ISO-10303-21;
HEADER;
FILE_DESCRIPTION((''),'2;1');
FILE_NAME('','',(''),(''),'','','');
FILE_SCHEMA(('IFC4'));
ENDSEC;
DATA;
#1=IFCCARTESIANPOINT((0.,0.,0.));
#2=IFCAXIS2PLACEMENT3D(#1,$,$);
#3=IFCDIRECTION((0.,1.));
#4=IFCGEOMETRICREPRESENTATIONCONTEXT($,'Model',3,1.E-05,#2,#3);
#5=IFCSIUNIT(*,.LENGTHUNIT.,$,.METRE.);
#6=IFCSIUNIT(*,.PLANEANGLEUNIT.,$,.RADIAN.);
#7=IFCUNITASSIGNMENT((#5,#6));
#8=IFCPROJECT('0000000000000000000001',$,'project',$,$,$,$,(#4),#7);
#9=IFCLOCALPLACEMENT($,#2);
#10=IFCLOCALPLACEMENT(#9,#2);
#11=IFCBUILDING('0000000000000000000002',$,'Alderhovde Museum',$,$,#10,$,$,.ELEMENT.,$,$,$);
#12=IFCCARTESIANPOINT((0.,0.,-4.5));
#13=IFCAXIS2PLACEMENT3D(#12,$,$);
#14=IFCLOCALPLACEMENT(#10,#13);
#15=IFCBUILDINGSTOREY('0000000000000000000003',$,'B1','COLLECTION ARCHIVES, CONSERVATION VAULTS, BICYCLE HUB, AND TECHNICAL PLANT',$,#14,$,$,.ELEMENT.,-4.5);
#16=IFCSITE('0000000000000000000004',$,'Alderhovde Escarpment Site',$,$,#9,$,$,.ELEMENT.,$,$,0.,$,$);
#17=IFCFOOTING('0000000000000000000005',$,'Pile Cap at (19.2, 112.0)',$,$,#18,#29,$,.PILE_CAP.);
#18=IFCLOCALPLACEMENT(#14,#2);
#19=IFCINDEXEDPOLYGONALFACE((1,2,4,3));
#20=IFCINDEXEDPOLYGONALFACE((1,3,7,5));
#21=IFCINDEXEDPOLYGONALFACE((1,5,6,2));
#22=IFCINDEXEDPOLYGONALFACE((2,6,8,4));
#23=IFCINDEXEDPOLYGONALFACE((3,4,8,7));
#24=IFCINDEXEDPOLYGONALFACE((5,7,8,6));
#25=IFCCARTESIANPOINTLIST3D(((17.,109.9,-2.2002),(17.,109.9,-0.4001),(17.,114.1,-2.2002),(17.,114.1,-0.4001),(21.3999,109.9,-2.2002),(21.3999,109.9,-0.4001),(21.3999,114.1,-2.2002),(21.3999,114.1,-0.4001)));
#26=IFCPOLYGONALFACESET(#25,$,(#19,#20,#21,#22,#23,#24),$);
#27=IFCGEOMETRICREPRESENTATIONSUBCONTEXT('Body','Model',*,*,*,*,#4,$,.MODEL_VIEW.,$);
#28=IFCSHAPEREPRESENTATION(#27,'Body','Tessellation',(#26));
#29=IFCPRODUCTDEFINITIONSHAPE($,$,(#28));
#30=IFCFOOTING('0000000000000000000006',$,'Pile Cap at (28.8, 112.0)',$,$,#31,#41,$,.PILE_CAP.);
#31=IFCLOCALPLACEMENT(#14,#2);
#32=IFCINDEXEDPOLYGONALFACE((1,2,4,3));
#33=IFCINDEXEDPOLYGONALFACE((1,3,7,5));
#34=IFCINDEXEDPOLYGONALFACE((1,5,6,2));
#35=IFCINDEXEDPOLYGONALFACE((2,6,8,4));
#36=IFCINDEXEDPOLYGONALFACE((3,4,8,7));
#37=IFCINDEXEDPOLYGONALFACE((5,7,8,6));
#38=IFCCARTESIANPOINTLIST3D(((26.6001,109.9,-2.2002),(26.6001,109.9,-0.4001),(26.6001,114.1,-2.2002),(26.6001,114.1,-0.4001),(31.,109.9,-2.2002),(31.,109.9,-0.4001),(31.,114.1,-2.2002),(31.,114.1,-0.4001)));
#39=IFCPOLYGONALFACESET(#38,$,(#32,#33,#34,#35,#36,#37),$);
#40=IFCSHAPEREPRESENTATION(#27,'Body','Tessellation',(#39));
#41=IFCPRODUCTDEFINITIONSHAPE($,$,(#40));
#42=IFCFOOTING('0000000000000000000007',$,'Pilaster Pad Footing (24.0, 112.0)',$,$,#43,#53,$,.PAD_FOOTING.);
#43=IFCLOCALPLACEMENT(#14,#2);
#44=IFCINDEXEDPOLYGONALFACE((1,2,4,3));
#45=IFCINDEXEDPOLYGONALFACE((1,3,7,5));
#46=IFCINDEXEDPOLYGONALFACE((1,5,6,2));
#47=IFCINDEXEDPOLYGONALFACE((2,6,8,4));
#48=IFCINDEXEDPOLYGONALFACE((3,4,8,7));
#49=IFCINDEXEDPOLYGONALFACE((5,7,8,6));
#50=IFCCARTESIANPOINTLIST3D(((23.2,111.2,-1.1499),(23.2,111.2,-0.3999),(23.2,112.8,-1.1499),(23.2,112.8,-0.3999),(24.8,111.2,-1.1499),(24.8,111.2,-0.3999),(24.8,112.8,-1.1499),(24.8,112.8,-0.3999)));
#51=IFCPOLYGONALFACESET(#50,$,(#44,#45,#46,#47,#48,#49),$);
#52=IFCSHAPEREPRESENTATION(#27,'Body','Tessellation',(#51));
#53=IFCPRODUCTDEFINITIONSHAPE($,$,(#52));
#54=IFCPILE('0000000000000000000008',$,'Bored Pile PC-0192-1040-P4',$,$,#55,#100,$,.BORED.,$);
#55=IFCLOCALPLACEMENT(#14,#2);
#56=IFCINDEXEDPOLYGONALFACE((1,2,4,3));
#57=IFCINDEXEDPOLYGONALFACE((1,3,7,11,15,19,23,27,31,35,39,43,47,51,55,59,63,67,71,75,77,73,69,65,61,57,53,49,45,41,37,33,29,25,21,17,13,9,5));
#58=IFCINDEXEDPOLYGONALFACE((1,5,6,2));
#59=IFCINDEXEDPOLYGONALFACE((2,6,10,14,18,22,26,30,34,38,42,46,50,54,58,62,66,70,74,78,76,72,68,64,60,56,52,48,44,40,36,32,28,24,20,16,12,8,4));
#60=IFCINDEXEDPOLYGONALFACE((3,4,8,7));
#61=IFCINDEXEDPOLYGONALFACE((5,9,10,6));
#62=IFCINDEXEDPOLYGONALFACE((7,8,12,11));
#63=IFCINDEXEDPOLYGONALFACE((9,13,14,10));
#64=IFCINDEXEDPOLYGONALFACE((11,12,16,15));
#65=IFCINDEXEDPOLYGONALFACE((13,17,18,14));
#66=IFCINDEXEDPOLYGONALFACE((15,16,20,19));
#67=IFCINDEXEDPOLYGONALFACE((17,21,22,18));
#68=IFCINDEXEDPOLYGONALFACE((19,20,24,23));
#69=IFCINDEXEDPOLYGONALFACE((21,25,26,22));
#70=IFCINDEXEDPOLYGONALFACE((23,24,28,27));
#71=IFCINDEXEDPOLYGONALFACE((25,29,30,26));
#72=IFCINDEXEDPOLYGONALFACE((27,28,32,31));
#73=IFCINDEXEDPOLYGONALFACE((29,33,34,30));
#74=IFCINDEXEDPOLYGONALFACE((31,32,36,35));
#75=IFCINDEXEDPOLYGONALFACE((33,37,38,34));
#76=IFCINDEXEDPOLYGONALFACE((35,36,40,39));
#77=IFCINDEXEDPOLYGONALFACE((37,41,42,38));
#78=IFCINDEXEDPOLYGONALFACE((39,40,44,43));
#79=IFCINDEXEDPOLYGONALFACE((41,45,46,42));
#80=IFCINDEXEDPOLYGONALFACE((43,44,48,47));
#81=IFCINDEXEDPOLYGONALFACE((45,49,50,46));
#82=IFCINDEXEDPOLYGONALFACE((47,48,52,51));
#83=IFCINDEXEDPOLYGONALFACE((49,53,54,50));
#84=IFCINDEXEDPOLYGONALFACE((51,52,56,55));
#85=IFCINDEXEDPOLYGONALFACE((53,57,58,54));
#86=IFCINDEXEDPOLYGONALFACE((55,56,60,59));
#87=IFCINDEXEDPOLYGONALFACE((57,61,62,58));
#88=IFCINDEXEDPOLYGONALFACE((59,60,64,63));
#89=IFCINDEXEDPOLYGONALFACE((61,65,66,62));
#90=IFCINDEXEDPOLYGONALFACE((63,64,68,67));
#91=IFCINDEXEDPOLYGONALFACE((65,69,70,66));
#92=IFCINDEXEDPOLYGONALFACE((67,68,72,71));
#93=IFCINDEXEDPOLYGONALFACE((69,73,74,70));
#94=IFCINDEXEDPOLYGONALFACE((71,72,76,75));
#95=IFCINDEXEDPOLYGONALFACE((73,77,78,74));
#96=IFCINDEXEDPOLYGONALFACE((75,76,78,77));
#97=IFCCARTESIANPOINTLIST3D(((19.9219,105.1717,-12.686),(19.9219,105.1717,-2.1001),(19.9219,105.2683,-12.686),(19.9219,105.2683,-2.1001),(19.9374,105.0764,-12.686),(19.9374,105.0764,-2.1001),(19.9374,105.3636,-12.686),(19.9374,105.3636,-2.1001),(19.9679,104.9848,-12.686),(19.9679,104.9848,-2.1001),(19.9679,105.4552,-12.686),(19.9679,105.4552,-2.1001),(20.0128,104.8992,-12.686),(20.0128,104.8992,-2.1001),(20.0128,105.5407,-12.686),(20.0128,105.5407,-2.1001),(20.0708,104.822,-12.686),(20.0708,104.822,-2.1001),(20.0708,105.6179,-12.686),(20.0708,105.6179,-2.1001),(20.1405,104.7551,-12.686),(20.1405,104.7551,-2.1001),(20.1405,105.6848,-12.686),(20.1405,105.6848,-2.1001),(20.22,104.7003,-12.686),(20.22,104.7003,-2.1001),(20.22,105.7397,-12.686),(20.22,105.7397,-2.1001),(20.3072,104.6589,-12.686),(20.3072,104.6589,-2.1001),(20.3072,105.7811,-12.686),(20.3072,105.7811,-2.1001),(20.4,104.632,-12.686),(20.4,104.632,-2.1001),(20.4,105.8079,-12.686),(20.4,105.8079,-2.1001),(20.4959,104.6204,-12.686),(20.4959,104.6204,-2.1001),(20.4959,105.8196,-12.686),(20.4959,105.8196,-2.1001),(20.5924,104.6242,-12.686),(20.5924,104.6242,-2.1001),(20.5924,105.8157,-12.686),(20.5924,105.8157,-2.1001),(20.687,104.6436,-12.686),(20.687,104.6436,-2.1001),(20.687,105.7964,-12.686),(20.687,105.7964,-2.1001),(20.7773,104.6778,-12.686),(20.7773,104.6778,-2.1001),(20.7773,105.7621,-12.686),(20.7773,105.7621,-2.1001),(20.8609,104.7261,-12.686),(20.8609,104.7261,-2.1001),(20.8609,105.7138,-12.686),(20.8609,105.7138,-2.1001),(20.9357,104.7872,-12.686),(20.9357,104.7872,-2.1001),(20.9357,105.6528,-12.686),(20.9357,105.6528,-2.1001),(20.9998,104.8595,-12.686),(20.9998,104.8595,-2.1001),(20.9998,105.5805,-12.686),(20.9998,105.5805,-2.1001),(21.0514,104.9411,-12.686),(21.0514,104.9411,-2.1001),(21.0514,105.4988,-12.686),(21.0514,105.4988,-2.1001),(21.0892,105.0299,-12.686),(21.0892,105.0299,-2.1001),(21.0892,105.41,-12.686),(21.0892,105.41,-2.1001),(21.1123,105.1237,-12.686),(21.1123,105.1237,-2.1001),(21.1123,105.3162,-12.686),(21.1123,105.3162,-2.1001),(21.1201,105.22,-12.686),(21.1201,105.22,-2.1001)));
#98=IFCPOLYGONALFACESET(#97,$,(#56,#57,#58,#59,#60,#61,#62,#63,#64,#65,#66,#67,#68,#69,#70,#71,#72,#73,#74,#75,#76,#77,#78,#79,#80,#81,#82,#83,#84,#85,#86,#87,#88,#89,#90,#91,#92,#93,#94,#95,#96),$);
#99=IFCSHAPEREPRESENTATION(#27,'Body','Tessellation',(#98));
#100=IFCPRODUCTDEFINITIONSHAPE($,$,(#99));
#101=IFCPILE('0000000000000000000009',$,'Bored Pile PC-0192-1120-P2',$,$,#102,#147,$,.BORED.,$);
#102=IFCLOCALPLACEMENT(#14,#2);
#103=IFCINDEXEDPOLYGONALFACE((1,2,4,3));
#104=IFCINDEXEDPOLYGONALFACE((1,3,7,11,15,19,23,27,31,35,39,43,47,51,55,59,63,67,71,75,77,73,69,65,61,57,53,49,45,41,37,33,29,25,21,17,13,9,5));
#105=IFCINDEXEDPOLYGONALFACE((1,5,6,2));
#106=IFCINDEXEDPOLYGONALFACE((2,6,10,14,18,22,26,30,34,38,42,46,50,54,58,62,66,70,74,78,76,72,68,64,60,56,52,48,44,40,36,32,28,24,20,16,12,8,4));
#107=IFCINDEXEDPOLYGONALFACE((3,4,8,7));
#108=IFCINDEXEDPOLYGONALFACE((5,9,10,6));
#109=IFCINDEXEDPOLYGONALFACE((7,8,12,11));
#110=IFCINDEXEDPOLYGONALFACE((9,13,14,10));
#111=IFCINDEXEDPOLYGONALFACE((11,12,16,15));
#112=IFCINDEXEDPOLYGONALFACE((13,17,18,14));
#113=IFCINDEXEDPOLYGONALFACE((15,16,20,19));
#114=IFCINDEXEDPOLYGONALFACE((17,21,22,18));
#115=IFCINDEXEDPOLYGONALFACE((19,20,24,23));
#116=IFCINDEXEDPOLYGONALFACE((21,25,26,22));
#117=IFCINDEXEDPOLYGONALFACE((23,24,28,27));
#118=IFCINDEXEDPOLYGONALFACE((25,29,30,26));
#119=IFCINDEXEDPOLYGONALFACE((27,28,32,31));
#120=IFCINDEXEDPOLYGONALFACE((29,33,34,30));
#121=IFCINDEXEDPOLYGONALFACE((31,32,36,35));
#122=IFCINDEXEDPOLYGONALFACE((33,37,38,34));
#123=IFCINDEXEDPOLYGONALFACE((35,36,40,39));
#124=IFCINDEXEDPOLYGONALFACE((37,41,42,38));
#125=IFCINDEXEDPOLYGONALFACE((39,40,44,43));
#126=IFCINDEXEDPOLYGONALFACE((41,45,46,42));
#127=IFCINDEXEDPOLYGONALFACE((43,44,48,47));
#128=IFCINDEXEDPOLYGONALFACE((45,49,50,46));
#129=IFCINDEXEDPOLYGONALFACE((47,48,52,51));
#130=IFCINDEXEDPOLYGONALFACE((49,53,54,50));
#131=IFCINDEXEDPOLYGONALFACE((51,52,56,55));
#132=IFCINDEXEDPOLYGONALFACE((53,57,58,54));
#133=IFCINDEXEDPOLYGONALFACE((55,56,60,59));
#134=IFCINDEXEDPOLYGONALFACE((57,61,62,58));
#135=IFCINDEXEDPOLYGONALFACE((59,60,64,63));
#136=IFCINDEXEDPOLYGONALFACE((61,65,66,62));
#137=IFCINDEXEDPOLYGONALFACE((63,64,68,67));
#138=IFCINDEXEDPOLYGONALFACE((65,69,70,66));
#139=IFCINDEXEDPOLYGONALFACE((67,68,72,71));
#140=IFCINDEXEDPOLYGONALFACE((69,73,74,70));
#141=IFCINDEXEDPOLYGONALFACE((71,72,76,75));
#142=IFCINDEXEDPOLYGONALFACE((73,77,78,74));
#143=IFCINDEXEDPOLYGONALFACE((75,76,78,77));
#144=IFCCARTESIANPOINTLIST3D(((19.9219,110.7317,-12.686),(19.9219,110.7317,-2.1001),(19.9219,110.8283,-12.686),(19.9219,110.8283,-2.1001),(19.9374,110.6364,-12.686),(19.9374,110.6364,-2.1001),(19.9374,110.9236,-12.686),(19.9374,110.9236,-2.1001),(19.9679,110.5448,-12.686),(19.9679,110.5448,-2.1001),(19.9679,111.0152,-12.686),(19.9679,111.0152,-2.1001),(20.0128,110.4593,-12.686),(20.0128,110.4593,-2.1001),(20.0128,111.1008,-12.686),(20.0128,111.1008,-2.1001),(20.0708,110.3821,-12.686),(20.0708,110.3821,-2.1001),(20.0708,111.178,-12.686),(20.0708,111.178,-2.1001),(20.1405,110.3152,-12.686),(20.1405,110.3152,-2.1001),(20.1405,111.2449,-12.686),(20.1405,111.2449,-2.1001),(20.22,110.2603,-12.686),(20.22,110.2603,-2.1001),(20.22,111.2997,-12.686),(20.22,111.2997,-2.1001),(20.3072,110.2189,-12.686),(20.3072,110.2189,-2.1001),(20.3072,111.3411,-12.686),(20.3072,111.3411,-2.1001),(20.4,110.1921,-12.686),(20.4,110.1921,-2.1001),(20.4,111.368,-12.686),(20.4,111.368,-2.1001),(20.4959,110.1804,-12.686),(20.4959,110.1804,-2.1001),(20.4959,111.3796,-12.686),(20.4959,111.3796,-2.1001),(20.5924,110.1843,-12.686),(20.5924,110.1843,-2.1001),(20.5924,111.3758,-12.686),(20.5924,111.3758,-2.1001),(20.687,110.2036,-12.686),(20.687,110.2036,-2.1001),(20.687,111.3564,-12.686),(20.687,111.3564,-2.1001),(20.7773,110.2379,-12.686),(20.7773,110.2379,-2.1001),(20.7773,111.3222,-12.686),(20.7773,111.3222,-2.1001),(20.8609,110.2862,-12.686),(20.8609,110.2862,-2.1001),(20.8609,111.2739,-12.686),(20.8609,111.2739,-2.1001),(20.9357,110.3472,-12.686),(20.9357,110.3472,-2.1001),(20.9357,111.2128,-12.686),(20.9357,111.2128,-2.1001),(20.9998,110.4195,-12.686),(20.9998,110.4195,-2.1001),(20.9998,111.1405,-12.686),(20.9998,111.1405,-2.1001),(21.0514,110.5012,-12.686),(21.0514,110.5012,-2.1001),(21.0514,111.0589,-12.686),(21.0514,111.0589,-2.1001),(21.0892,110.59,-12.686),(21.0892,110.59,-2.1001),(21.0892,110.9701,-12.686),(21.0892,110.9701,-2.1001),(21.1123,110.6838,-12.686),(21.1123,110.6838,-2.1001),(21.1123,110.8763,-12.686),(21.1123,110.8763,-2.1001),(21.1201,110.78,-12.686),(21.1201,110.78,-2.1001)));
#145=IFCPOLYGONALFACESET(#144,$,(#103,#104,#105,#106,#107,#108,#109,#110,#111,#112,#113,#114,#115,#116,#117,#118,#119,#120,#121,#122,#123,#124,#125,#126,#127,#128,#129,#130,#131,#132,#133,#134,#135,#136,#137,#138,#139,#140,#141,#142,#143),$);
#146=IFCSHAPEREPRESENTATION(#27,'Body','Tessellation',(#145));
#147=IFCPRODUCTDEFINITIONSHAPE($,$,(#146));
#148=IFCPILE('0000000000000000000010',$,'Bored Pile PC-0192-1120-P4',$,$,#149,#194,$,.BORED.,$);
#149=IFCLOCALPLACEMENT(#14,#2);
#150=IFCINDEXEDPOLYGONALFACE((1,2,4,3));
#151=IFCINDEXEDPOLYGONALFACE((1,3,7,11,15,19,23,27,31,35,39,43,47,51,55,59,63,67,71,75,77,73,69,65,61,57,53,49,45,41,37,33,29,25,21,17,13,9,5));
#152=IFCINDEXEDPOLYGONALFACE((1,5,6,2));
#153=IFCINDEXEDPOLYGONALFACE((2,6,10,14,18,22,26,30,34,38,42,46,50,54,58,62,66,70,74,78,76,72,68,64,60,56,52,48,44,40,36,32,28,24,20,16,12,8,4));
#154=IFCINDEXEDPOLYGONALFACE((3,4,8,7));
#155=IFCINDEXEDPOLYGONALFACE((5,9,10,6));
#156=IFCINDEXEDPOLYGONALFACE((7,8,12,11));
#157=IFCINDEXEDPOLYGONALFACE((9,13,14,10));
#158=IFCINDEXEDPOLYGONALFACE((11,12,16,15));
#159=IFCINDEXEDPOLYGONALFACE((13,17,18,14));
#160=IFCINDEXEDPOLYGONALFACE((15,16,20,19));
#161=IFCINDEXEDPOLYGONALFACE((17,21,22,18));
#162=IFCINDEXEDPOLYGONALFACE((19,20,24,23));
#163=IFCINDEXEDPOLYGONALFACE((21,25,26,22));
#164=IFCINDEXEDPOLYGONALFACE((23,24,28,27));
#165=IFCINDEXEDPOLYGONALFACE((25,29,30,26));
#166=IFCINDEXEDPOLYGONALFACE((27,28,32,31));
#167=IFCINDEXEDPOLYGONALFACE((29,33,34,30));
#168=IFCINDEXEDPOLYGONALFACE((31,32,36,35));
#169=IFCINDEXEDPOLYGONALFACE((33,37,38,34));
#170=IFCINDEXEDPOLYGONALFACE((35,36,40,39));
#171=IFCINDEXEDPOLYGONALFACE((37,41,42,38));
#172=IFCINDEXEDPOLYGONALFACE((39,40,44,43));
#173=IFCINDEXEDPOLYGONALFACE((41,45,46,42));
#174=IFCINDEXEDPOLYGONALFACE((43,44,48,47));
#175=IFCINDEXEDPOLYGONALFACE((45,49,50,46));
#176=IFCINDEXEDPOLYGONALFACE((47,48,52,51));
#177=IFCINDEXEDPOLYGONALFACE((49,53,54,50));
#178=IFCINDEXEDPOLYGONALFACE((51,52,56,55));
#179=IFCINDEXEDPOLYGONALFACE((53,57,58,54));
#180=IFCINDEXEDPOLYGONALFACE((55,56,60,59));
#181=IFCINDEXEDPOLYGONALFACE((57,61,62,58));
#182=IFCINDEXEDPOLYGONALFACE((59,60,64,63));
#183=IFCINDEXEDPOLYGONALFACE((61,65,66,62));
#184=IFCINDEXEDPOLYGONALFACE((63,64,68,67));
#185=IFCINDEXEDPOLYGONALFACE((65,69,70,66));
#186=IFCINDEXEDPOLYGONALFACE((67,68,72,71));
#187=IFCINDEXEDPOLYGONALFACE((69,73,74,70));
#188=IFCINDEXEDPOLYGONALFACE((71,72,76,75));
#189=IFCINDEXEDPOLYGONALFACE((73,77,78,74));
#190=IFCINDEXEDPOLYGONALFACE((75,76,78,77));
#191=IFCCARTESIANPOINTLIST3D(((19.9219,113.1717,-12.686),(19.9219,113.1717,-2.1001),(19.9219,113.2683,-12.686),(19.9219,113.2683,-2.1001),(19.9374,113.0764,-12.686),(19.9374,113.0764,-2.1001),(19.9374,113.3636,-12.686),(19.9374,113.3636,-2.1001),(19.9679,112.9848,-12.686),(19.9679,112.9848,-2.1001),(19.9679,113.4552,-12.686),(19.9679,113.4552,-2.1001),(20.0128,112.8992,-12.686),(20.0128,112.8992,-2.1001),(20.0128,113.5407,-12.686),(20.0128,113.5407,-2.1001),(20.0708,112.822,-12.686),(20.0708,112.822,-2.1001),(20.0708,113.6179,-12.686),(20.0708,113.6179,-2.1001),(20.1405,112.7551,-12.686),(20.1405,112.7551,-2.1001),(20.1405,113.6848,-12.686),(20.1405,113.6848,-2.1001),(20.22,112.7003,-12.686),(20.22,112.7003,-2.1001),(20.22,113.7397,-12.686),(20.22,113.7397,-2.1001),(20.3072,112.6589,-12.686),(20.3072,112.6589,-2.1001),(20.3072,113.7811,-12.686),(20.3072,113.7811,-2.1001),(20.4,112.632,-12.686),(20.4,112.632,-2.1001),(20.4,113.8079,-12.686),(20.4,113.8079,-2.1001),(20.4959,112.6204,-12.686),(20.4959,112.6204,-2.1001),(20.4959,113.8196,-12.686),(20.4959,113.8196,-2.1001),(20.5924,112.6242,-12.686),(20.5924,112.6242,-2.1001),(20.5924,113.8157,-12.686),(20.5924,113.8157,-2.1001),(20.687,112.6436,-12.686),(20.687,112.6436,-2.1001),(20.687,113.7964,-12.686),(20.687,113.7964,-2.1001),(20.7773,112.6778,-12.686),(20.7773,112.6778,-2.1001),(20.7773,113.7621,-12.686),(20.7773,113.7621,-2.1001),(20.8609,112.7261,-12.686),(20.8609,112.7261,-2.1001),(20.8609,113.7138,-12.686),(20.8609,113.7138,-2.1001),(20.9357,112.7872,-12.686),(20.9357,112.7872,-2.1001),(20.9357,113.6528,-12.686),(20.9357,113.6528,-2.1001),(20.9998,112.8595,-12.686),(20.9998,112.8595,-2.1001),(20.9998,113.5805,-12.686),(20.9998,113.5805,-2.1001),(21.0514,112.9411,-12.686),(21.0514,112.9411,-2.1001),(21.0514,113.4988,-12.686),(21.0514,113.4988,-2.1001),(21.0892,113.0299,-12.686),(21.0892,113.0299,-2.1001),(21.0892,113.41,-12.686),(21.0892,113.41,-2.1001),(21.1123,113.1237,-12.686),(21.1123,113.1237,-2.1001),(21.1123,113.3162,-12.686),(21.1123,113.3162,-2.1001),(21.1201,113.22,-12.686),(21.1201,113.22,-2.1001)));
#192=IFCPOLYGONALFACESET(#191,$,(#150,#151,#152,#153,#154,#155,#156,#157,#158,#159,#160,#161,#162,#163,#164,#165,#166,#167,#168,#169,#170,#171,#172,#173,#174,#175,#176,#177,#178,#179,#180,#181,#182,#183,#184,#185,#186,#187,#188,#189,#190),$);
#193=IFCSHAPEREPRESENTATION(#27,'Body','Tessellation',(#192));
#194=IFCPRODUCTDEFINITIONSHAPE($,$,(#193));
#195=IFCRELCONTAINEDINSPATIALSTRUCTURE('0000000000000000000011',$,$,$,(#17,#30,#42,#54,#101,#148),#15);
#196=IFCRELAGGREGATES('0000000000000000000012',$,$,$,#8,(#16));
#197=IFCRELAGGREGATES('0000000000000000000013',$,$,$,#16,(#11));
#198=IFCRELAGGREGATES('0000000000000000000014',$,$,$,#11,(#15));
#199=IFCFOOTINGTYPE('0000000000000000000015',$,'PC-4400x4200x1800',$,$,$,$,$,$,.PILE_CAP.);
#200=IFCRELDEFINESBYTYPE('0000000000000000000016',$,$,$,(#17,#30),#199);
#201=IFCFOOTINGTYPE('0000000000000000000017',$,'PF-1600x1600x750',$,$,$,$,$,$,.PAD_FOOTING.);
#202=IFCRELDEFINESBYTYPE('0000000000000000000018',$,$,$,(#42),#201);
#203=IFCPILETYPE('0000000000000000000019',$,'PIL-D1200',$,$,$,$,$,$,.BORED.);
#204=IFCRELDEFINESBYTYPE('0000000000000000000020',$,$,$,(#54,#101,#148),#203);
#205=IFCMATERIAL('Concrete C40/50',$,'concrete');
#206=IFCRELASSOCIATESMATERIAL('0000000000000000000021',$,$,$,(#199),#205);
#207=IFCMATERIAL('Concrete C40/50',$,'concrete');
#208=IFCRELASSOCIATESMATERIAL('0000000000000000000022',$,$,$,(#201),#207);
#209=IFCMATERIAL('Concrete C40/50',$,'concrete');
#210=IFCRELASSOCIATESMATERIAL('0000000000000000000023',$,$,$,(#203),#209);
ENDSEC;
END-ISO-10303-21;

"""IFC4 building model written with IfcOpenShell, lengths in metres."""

from ifc_helpers import new_model, si_unit, direction, frame, origin, origin_2d, place, context, subcontext, project, spatial, rectangle, circle, extrude, material, material_profile, profile_set, type_object, element, save


model = new_model("IFC4")

# Units and contexts
model_context = context("Model", 3, precision=1e-05, world=origin(), true_north=direction((0.0, 1.0)))
body_context = subcontext(model_context, "Body", "Model", "MODEL_VIEW")
ifc_project = project(units=[si_unit("LENGTHUNIT", "METRE"), si_unit("PLANEANGLEUNIT", "RADIAN")], contexts=[model_context])

# Site, building, storey
site_placement = place(None, origin())
site = spatial("IfcSite", under=ifc_project, at=site_placement, Name="Alderhovde Escarpment Site", CompositionType="ELEMENT", RefElevation=0.0)
building_placement = place(site_placement, origin())
building = spatial("IfcBuilding", under=site, at=building_placement, Name="Alderhovde Museum", CompositionType="ELEMENT")
storey_placement = place(building_placement, frame((0.0, 0.0, -4.5)))
storey = spatial("IfcBuildingStorey", under=building, at=storey_placement, Name="B1", Description="COLLECTION ARCHIVES, CONSERVATION VAULTS, BICYCLE HUB, AND TECHNICAL PLANT", CompositionType="ELEMENT", Elevation=-4.5)

# Footings
ifc_material_1 = material(Name="Concrete C40/50", Category="concrete")
footing_type_1 = type_object("IfcFootingType", Name="PC-4400x4200x1800", PredefinedType="PILE_CAP", material=ifc_material_1)
for number, where, z_axis, x_axis, name in (
    (1, (19.2, 112.0, -2.2002), (0.0, 0.0, 1.0), (1.0, 0.0, 0.0), "Pile Cap at (19.2, 112.0)"),
    (2, (28.8, 112.0, -2.2002), (0.0, 0.0, 1.0), (1.0, 0.0, 0.0), "Pile Cap at (28.8, 112.0)"),
):
    element("IfcFooting", number, at=place(storey_placement, frame(where, z_axis=z_axis, x_axis=x_axis)), inside=storey, type_object=footing_type_1, Name=name, PredefinedType="PILE_CAP", context=body_context, shape_type="SweptSolid", body=[
        extrude(rectangle(XDim=4.3999, YDim=4.2, at=origin_2d()), origin(), (0.0, 0.0, 1.0), 1.8),
    ])
ifc_material_2 = material(Name="Concrete C40/50", Category="concrete")
footing_type_2 = type_object("IfcFootingType", Name="PF-1600x1600x750", PredefinedType="PAD_FOOTING", material=ifc_material_2)
footing_1_placement = place(storey_placement, frame((24.0, 112.0, -1.1499), z_axis=(0.0, 0.0, 1.0), x_axis=(1.0, 0.0, 0.0)))
element("IfcFooting", 3, at=footing_1_placement, inside=storey, type_object=footing_type_2, Name="Pilaster Pad Footing (24.0, 112.0)", PredefinedType="PAD_FOOTING", context=body_context, shape_type="SweptSolid", body=[
    extrude(rectangle(XDim=1.6001, YDim=1.6001, at=origin_2d()), origin(), (0.0, 0.0, 1.0), 0.75),
])

# Piles
ifc_material_3 = material(Name="Concrete C40/50", Category="concrete")
ifc_material_profile_1 = material_profile(ifc_material_3, circle(Radius=0.6001, at=origin_2d()), Name="PILE-D1200")
ifc_profile_set_1 = profile_set([ifc_material_profile_1], Name="Concrete C40/50")
pile_type = type_object("IfcPileType", Name="PIL-D1200", PredefinedType="BORED", material=ifc_profile_set_1)
for number, where, z_axis, x_axis, name in (
    (4, (20.52, 105.22, -2.1001), (0.0, 0.0, -1.0), (1.0, 0.0, 0.0), "Bored Pile PC-0192-1040-P4"),
    (5, (20.52, 110.78, -2.1001), (0.0, 0.0, -1.0), (1.0, 0.0, 0.0), "Bored Pile PC-0192-1120-P2"),
    (6, (20.52, 113.22, -2.1001), (0.0, 0.0, -1.0), (1.0, 0.0, 0.0), "Bored Pile PC-0192-1120-P4"),
):
    element("IfcPile", number, at=place(storey_placement, frame(where, z_axis=z_axis, x_axis=x_axis)), inside=storey, type_object=pile_type, Name=name, PredefinedType="BORED", context=body_context, shape_type="SweptSolid", body=[
        extrude(circle(Radius=0.6001, at=origin_2d()), origin(), (0.0, 0.0, 1.0), 10.5859),
    ])

save(model, "model.ifc")
